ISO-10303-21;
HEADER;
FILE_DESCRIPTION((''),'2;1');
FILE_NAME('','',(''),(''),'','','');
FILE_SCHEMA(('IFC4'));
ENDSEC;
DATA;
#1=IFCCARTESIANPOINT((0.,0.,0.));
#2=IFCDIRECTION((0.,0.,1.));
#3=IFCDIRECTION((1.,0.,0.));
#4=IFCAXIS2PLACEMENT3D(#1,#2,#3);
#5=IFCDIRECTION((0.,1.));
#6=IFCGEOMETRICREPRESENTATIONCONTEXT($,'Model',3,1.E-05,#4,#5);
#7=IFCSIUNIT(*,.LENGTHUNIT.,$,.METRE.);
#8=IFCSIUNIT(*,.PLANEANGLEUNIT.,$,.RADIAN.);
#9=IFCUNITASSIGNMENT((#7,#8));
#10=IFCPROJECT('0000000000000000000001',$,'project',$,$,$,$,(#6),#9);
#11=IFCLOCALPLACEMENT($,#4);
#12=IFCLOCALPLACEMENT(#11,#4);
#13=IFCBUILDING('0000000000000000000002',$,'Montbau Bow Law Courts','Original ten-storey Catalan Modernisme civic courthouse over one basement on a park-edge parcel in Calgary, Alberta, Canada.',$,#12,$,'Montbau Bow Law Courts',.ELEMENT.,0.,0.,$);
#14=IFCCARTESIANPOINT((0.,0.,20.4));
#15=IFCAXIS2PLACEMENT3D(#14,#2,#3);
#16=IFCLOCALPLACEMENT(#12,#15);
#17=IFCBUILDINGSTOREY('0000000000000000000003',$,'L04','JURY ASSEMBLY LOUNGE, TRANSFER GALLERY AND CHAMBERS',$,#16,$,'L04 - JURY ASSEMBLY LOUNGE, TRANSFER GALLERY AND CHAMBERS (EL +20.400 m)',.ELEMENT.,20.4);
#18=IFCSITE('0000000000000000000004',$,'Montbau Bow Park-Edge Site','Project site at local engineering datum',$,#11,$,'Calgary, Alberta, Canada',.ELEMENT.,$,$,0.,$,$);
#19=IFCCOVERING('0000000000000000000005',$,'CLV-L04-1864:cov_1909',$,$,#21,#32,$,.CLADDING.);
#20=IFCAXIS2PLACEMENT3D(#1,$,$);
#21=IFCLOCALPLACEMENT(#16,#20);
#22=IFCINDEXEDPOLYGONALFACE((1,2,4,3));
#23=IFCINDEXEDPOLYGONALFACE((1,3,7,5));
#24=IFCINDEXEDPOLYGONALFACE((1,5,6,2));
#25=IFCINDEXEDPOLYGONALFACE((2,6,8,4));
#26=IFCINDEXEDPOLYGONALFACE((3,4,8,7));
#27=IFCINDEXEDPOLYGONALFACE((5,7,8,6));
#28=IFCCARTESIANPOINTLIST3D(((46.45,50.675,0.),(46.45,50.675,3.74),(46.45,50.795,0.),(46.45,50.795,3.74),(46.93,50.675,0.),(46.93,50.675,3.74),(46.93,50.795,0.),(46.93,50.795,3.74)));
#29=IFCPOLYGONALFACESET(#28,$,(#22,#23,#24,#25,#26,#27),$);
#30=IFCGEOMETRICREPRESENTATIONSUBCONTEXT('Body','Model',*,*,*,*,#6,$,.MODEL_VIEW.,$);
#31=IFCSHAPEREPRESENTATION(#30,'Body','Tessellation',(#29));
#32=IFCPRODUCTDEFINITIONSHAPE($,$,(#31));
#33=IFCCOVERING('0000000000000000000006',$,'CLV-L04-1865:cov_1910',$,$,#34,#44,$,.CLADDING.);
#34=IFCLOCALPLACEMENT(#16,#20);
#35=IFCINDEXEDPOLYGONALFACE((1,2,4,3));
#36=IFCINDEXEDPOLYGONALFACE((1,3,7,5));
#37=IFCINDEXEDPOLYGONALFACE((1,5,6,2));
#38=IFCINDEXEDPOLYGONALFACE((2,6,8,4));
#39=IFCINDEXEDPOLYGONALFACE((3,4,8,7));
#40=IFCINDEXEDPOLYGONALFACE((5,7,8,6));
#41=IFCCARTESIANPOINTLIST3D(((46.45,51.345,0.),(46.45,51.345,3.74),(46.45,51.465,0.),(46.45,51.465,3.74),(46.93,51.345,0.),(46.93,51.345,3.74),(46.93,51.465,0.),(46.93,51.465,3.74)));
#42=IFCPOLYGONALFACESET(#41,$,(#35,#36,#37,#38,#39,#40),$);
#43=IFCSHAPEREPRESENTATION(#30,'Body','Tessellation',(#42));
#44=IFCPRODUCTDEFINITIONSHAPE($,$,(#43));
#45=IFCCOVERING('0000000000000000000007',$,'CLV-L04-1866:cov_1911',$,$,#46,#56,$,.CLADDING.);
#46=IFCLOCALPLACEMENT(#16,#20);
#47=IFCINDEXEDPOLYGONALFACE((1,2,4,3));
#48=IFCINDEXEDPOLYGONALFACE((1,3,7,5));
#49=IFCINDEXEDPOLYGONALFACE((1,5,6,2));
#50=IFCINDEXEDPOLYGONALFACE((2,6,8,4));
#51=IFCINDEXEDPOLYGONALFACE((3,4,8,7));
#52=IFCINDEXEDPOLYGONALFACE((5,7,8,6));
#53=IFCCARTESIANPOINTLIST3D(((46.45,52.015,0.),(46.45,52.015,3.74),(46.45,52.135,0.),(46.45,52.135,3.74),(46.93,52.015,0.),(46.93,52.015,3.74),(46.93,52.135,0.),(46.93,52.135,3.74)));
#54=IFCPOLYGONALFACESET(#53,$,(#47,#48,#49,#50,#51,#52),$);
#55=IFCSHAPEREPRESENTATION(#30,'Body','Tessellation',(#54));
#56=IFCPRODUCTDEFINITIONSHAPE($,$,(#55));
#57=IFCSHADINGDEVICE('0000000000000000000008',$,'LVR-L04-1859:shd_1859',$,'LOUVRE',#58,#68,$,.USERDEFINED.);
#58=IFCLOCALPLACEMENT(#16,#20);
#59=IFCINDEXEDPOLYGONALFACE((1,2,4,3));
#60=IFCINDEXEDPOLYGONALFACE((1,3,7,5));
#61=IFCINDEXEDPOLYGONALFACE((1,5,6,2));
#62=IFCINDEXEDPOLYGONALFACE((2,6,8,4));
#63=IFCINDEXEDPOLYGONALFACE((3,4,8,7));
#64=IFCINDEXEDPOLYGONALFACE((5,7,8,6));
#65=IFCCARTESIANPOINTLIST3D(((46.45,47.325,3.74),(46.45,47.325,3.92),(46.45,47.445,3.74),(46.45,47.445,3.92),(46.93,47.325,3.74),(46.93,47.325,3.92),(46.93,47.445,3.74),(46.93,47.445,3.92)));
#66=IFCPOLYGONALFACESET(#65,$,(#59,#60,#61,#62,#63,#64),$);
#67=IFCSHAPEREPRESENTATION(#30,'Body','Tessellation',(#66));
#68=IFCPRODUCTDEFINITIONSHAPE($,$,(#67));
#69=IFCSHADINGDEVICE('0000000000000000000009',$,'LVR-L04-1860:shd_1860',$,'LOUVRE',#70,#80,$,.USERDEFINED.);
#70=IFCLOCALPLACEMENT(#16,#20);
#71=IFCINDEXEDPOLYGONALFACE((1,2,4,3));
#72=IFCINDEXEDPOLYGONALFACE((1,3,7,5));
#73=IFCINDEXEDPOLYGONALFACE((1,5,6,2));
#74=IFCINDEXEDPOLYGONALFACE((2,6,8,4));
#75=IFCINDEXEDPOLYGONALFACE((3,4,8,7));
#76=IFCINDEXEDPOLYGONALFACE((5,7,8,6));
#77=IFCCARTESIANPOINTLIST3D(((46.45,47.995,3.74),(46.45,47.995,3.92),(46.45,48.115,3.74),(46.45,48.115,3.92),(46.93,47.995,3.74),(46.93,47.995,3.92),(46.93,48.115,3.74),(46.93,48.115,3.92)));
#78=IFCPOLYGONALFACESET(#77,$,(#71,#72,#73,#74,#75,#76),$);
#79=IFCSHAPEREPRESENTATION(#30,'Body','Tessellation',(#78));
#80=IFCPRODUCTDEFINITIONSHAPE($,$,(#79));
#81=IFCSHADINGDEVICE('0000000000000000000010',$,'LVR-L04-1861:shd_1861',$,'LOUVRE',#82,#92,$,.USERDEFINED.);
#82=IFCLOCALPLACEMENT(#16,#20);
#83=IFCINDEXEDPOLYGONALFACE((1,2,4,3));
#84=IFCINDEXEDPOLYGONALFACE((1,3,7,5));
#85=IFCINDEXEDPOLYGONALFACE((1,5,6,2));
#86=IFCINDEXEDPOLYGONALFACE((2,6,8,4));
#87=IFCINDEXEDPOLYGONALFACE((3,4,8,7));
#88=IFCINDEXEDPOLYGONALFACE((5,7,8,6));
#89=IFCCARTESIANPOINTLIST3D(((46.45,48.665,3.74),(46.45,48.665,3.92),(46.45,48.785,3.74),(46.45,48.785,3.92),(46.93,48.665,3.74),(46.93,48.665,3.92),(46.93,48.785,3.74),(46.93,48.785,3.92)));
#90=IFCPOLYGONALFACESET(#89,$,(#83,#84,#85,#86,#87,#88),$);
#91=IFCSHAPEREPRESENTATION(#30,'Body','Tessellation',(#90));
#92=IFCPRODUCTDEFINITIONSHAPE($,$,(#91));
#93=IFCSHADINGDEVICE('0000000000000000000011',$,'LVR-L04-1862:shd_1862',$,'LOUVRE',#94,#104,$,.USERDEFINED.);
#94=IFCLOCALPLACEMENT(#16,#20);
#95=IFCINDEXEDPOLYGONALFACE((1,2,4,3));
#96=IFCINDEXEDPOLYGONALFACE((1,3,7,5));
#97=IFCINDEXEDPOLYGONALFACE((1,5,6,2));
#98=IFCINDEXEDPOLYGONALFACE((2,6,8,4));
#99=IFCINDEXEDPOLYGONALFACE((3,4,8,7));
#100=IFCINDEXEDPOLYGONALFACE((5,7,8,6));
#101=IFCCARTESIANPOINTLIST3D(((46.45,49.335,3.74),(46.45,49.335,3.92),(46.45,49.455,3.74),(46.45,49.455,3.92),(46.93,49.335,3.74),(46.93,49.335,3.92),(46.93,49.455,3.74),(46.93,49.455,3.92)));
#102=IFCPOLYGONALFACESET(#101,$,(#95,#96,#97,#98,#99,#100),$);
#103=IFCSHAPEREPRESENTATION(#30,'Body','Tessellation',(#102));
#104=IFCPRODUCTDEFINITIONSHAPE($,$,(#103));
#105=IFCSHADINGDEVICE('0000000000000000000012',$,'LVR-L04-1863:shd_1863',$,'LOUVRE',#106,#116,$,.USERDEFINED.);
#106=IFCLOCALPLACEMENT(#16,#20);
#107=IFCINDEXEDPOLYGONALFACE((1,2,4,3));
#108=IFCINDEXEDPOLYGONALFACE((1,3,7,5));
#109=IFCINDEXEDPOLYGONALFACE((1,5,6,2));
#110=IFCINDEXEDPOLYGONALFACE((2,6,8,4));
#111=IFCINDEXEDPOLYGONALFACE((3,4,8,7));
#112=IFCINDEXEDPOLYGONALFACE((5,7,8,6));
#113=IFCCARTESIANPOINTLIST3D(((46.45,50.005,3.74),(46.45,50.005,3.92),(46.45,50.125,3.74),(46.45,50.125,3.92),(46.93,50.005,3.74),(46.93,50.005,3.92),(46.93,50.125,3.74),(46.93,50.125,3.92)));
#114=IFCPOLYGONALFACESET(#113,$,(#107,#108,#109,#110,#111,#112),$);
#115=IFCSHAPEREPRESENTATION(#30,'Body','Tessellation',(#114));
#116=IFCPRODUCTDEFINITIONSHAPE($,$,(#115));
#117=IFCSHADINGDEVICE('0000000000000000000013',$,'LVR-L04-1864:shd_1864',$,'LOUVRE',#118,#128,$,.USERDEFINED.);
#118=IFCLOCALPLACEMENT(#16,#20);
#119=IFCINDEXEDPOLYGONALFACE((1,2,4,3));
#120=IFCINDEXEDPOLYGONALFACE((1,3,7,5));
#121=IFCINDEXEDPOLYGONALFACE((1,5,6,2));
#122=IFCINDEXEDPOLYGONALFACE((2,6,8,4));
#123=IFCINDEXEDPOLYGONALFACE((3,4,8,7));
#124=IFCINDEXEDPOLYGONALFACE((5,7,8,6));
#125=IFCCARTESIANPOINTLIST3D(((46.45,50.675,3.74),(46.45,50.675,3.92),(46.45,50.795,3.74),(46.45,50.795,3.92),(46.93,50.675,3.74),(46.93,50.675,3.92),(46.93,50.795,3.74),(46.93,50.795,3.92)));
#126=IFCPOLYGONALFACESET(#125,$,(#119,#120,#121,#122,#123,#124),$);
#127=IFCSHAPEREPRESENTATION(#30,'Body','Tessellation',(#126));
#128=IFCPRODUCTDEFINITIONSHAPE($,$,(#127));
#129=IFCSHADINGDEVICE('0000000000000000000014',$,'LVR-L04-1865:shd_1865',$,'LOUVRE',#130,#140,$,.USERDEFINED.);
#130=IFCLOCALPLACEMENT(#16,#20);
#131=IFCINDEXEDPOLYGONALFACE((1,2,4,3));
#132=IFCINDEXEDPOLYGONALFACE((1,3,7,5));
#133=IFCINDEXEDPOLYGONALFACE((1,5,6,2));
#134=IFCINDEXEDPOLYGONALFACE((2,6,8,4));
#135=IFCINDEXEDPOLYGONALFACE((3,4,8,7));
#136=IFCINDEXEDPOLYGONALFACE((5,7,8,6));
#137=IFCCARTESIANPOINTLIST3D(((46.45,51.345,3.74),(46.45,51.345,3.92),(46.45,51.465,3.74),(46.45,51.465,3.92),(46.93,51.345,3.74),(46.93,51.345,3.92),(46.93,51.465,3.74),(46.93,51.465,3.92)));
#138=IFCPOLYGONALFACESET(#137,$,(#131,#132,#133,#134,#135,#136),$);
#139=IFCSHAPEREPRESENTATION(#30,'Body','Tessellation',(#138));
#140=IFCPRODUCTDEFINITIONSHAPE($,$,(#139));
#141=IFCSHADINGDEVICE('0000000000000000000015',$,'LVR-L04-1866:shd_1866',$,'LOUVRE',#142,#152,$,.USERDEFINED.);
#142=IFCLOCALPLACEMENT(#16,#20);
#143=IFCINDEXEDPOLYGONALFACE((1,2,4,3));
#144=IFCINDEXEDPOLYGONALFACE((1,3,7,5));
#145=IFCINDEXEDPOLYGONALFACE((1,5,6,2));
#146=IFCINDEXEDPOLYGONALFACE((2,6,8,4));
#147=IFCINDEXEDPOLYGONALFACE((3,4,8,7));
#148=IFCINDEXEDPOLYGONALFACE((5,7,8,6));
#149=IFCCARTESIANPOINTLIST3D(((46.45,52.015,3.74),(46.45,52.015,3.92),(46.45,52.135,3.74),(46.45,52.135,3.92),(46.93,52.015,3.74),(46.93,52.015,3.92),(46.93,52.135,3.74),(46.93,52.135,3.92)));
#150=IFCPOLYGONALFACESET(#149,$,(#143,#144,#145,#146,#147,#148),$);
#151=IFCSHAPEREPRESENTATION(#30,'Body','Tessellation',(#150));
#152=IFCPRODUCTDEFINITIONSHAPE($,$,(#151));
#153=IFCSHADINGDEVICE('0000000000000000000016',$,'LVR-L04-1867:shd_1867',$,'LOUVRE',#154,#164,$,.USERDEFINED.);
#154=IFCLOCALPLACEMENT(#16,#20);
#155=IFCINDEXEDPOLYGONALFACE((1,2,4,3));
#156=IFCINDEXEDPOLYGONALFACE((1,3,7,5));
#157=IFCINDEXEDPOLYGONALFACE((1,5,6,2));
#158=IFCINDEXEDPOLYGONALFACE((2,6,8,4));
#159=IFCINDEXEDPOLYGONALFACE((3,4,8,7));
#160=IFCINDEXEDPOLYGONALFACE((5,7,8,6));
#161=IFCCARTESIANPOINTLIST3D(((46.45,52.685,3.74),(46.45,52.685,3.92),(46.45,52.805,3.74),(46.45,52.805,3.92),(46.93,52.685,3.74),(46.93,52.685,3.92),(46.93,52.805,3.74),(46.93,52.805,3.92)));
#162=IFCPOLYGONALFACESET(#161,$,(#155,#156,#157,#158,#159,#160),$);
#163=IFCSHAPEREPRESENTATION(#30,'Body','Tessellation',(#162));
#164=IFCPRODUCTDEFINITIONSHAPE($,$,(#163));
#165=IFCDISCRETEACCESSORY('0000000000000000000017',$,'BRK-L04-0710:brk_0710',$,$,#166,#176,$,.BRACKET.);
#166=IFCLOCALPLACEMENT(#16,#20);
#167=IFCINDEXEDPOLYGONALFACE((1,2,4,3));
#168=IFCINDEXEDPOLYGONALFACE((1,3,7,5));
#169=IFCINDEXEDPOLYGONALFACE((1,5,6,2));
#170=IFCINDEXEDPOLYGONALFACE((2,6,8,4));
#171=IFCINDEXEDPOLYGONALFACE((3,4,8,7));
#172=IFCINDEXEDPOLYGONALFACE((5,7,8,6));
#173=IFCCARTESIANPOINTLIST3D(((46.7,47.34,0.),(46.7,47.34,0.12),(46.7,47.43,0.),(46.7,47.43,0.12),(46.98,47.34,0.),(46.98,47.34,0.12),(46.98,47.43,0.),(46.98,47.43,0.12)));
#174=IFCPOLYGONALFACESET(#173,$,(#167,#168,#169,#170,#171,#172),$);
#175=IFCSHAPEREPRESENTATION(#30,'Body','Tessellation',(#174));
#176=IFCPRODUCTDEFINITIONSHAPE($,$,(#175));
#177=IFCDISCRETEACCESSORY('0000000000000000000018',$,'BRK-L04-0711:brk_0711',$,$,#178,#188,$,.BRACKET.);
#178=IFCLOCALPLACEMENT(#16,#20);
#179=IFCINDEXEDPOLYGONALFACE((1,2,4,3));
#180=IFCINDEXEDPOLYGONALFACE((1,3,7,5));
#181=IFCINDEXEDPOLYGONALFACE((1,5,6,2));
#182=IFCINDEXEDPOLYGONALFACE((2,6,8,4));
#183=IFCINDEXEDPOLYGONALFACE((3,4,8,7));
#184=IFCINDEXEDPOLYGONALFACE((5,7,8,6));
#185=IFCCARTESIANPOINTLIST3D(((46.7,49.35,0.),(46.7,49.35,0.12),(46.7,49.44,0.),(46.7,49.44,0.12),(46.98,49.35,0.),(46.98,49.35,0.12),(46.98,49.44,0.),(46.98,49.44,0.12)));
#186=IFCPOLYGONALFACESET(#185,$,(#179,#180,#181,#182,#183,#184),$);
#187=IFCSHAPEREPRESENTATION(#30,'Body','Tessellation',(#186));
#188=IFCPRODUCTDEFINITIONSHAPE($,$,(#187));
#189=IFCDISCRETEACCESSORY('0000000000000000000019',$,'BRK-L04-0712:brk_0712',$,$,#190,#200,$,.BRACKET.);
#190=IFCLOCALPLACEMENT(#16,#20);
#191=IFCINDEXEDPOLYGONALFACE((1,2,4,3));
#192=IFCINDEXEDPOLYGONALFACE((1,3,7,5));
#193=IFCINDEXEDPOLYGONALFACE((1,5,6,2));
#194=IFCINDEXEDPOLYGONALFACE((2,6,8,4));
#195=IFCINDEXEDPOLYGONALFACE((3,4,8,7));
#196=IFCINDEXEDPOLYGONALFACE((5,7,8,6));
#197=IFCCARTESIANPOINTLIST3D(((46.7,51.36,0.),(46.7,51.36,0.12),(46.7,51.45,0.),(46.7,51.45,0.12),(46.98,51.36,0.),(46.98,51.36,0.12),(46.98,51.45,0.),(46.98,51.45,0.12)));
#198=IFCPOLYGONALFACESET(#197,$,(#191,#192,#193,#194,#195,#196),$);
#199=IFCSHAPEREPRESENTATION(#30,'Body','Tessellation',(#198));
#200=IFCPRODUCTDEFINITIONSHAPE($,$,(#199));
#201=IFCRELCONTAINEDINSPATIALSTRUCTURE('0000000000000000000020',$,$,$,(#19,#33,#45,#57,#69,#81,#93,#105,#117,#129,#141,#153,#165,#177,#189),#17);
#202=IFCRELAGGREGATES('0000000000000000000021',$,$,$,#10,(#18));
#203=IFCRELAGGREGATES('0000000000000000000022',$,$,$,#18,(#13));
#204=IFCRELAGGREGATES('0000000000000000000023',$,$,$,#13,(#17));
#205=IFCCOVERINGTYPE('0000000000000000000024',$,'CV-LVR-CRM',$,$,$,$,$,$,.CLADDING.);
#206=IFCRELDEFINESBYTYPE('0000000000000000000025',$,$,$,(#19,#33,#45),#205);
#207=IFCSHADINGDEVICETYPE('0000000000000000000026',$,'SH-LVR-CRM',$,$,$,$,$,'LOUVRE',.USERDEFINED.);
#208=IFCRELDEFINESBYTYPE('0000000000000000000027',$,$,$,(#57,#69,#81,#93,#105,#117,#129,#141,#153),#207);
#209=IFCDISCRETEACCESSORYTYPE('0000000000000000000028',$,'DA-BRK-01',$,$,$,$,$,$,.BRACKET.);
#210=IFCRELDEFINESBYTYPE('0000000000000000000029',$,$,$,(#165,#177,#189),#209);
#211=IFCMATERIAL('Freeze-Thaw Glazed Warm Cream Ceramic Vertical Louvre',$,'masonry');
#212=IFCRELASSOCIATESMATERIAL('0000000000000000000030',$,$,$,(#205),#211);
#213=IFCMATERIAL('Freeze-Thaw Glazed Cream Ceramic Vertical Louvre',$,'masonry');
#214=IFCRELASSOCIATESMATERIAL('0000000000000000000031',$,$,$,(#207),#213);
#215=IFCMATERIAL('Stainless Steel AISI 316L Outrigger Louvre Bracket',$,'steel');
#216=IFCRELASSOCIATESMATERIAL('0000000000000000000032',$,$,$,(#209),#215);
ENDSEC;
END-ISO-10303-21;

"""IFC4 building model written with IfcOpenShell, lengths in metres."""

from ifc_helpers import new_model, si_unit, direction, frame, frame_2d, origin_with_axes, origin_2d_with_axis, place, context, subcontext, project, spatial, rectangle, extrude, material, type_object, element, save


model = new_model("IFC4")

# Units and contexts
model_context = context("Model", 3, precision=1e-05, world=origin_with_axes(), true_north=direction((0.0, 1.0)))
body_context = subcontext(model_context, "Body", "Model", "MODEL_VIEW")
ifc_project = project(units=[si_unit("LENGTHUNIT", "METRE"), si_unit("PLANEANGLEUNIT", "RADIAN")], contexts=[model_context])

# Site, building, storey
site_placement = place(None, origin_with_axes())
site = spatial("IfcSite", under=ifc_project, at=site_placement, Name="Montbau Bow Park-Edge Site", Description="Project site at local engineering datum", LongName="Calgary, Alberta, Canada", CompositionType="ELEMENT", RefElevation=0.0)
building_placement = place(site_placement, origin_with_axes())
building = spatial("IfcBuilding", under=site, at=building_placement, Name="Montbau Bow Law Courts", Description="Original ten-storey Catalan Modernisme civic courthouse over one basement on a park-edge parcel in Calgary, Alberta, Canada.", LongName="Montbau Bow Law Courts", CompositionType="ELEMENT", ElevationOfRefHeight=0.0, ElevationOfTerrain=0.0)
storey_placement = place(building_placement, frame((0.0, 0.0, 20.4), z_axis=(0.0, 0.0, 1.0), x_axis=(1.0, 0.0, 0.0)))
storey = spatial("IfcBuildingStorey", under=building, at=storey_placement, Name="L04", Description="JURY ASSEMBLY LOUNGE, TRANSFER GALLERY AND CHAMBERS", LongName="L04 - JURY ASSEMBLY LOUNGE, TRANSFER GALLERY AND CHAMBERS (EL +20.400 m)", CompositionType="ELEMENT", Elevation=20.4)

# Coverings
ifc_material_1 = material(Name="Freeze-Thaw Glazed Warm Cream Ceramic Vertical Louvre", Category="masonry")
covering_type = type_object("IfcCoveringType", Name="CV-LVR-CRM", PredefinedType="CLADDING", material=ifc_material_1)
for number, where, z_axis, x_axis, name in (
    (1, (46.93, 50.735, 20.4), (0.0, 1.0, 0.0), (-1.0, 0.0, 0.0), "CLV-L04-1864:cov_1909"),
    (2, (46.93, 51.405, 20.4), (0.0, 1.0, 0.0), (-1.0, 0.0, 0.0), "CLV-L04-1865:cov_1910"),
    (3, (46.93, 52.075, 20.4), (0.0, 1.0, 0.0), (-1.0, 0.0, 0.0), "CLV-L04-1866:cov_1911"),
):
    element("IfcCovering", number, at=place(None, frame(where, z_axis=z_axis, x_axis=x_axis)), inside=storey, type_object=covering_type, Name=name, PredefinedType="CLADDING", context=body_context, shape_type="SweptSolid", body=[
        extrude(rectangle(XDim=0.48, YDim=3.74, at=frame_2d((0.24, 1.87), x_axis=(1.0, 0.0))), frame((0.0, 0.0, -0.06), z_axis=(0.0, 0.0, 1.0), x_axis=(1.0, 0.0, 0.0)), (0.0, 0.0, 1.0), 0.12),
    ])

# Shading devices
ifc_material_2 = material(Name="Freeze-Thaw Glazed Cream Ceramic Vertical Louvre", Category="masonry")
shading_device_type = type_object("IfcShadingDeviceType", Name="SH-LVR-CRM", ElementType="LOUVRE", PredefinedType="USERDEFINED", material=ifc_material_2)
for number, where, z_axis, x_axis, name in (
    (4, (46.69, 47.385, 24.14), (0.0, 0.0, 1.0), (-1.0, 0.0, 0.0), "LVR-L04-1859:shd_1859"),
    (5, (46.69, 48.055, 24.14), (0.0, 0.0, 1.0), (-1.0, 0.0, 0.0), "LVR-L04-1860:shd_1860"),
    (6, (46.69, 48.725, 24.14), (0.0, 0.0, 1.0), (-1.0, 0.0, 0.0), "LVR-L04-1861:shd_1861"),
    (7, (46.69, 49.395, 24.14), (0.0, 0.0, 1.0), (-1.0, 0.0, 0.0), "LVR-L04-1862:shd_1862"),
    (8, (46.69, 50.065, 24.14), (0.0, 0.0, 1.0), (-1.0, 0.0, 0.0), "LVR-L04-1863:shd_1863"),
    (9, (46.69, 50.735, 24.14), (0.0, 0.0, 1.0), (-1.0, 0.0, 0.0), "LVR-L04-1864:shd_1864"),
    (10, (46.69, 51.405, 24.14), (0.0, 0.0, 1.0), (-1.0, 0.0, 0.0), "LVR-L04-1865:shd_1865"),
    (11, (46.69, 52.075, 24.14), (0.0, 0.0, 1.0), (-1.0, 0.0, 0.0), "LVR-L04-1866:shd_1866"),
    (12, (46.69, 52.745, 24.14), (0.0, 0.0, 1.0), (-1.0, 0.0, 0.0), "LVR-L04-1867:shd_1867"),
):
    element("IfcShadingDevice", number, at=place(None, frame(where, z_axis=z_axis, x_axis=x_axis)), inside=storey, type_object=shading_device_type, Name=name, ObjectType="LOUVRE", PredefinedType="USERDEFINED", context=body_context, shape_type="SweptSolid", body=[
        extrude(rectangle(XDim=0.48, YDim=0.12, at=origin_2d_with_axis()), origin_with_axes(), (0.0, 0.0, 1.0), 0.18),
    ])

# Discrete accessories
ifc_material_3 = material(Name="Stainless Steel AISI 316L Outrigger Louvre Bracket", Category="steel")
discrete_accessory_type = type_object("IfcDiscreteAccessoryType", Name="DA-BRK-01", PredefinedType="BRACKET", material=ifc_material_3)
for number, where, z_axis, x_axis, name in (
    (13, (46.84, 47.385, 20.4), (0.0, 0.0, 1.0), (-1.0, 0.0, 0.0), "BRK-L04-0710:brk_0710"),
    (14, (46.84, 49.395, 20.4), (0.0, 0.0, 1.0), (-1.0, 0.0, 0.0), "BRK-L04-0711:brk_0711"),
    (15, (46.84, 51.405, 20.4), (0.0, 0.0, 1.0), (-1.0, 0.0, 0.0), "BRK-L04-0712:brk_0712"),
):
    element("IfcDiscreteAccessory", number, at=place(None, frame(where, z_axis=z_axis, x_axis=x_axis)), inside=storey, type_object=discrete_accessory_type, Name=name, PredefinedType="BRACKET", context=body_context, shape_type="SweptSolid", body=[
        extrude(rectangle(XDim=0.28, YDim=0.09, at=origin_2d_with_axis()), origin_with_axes(), (0.0, 0.0, 1.0), 0.12),
    ])

save(model, "model.ifc")
